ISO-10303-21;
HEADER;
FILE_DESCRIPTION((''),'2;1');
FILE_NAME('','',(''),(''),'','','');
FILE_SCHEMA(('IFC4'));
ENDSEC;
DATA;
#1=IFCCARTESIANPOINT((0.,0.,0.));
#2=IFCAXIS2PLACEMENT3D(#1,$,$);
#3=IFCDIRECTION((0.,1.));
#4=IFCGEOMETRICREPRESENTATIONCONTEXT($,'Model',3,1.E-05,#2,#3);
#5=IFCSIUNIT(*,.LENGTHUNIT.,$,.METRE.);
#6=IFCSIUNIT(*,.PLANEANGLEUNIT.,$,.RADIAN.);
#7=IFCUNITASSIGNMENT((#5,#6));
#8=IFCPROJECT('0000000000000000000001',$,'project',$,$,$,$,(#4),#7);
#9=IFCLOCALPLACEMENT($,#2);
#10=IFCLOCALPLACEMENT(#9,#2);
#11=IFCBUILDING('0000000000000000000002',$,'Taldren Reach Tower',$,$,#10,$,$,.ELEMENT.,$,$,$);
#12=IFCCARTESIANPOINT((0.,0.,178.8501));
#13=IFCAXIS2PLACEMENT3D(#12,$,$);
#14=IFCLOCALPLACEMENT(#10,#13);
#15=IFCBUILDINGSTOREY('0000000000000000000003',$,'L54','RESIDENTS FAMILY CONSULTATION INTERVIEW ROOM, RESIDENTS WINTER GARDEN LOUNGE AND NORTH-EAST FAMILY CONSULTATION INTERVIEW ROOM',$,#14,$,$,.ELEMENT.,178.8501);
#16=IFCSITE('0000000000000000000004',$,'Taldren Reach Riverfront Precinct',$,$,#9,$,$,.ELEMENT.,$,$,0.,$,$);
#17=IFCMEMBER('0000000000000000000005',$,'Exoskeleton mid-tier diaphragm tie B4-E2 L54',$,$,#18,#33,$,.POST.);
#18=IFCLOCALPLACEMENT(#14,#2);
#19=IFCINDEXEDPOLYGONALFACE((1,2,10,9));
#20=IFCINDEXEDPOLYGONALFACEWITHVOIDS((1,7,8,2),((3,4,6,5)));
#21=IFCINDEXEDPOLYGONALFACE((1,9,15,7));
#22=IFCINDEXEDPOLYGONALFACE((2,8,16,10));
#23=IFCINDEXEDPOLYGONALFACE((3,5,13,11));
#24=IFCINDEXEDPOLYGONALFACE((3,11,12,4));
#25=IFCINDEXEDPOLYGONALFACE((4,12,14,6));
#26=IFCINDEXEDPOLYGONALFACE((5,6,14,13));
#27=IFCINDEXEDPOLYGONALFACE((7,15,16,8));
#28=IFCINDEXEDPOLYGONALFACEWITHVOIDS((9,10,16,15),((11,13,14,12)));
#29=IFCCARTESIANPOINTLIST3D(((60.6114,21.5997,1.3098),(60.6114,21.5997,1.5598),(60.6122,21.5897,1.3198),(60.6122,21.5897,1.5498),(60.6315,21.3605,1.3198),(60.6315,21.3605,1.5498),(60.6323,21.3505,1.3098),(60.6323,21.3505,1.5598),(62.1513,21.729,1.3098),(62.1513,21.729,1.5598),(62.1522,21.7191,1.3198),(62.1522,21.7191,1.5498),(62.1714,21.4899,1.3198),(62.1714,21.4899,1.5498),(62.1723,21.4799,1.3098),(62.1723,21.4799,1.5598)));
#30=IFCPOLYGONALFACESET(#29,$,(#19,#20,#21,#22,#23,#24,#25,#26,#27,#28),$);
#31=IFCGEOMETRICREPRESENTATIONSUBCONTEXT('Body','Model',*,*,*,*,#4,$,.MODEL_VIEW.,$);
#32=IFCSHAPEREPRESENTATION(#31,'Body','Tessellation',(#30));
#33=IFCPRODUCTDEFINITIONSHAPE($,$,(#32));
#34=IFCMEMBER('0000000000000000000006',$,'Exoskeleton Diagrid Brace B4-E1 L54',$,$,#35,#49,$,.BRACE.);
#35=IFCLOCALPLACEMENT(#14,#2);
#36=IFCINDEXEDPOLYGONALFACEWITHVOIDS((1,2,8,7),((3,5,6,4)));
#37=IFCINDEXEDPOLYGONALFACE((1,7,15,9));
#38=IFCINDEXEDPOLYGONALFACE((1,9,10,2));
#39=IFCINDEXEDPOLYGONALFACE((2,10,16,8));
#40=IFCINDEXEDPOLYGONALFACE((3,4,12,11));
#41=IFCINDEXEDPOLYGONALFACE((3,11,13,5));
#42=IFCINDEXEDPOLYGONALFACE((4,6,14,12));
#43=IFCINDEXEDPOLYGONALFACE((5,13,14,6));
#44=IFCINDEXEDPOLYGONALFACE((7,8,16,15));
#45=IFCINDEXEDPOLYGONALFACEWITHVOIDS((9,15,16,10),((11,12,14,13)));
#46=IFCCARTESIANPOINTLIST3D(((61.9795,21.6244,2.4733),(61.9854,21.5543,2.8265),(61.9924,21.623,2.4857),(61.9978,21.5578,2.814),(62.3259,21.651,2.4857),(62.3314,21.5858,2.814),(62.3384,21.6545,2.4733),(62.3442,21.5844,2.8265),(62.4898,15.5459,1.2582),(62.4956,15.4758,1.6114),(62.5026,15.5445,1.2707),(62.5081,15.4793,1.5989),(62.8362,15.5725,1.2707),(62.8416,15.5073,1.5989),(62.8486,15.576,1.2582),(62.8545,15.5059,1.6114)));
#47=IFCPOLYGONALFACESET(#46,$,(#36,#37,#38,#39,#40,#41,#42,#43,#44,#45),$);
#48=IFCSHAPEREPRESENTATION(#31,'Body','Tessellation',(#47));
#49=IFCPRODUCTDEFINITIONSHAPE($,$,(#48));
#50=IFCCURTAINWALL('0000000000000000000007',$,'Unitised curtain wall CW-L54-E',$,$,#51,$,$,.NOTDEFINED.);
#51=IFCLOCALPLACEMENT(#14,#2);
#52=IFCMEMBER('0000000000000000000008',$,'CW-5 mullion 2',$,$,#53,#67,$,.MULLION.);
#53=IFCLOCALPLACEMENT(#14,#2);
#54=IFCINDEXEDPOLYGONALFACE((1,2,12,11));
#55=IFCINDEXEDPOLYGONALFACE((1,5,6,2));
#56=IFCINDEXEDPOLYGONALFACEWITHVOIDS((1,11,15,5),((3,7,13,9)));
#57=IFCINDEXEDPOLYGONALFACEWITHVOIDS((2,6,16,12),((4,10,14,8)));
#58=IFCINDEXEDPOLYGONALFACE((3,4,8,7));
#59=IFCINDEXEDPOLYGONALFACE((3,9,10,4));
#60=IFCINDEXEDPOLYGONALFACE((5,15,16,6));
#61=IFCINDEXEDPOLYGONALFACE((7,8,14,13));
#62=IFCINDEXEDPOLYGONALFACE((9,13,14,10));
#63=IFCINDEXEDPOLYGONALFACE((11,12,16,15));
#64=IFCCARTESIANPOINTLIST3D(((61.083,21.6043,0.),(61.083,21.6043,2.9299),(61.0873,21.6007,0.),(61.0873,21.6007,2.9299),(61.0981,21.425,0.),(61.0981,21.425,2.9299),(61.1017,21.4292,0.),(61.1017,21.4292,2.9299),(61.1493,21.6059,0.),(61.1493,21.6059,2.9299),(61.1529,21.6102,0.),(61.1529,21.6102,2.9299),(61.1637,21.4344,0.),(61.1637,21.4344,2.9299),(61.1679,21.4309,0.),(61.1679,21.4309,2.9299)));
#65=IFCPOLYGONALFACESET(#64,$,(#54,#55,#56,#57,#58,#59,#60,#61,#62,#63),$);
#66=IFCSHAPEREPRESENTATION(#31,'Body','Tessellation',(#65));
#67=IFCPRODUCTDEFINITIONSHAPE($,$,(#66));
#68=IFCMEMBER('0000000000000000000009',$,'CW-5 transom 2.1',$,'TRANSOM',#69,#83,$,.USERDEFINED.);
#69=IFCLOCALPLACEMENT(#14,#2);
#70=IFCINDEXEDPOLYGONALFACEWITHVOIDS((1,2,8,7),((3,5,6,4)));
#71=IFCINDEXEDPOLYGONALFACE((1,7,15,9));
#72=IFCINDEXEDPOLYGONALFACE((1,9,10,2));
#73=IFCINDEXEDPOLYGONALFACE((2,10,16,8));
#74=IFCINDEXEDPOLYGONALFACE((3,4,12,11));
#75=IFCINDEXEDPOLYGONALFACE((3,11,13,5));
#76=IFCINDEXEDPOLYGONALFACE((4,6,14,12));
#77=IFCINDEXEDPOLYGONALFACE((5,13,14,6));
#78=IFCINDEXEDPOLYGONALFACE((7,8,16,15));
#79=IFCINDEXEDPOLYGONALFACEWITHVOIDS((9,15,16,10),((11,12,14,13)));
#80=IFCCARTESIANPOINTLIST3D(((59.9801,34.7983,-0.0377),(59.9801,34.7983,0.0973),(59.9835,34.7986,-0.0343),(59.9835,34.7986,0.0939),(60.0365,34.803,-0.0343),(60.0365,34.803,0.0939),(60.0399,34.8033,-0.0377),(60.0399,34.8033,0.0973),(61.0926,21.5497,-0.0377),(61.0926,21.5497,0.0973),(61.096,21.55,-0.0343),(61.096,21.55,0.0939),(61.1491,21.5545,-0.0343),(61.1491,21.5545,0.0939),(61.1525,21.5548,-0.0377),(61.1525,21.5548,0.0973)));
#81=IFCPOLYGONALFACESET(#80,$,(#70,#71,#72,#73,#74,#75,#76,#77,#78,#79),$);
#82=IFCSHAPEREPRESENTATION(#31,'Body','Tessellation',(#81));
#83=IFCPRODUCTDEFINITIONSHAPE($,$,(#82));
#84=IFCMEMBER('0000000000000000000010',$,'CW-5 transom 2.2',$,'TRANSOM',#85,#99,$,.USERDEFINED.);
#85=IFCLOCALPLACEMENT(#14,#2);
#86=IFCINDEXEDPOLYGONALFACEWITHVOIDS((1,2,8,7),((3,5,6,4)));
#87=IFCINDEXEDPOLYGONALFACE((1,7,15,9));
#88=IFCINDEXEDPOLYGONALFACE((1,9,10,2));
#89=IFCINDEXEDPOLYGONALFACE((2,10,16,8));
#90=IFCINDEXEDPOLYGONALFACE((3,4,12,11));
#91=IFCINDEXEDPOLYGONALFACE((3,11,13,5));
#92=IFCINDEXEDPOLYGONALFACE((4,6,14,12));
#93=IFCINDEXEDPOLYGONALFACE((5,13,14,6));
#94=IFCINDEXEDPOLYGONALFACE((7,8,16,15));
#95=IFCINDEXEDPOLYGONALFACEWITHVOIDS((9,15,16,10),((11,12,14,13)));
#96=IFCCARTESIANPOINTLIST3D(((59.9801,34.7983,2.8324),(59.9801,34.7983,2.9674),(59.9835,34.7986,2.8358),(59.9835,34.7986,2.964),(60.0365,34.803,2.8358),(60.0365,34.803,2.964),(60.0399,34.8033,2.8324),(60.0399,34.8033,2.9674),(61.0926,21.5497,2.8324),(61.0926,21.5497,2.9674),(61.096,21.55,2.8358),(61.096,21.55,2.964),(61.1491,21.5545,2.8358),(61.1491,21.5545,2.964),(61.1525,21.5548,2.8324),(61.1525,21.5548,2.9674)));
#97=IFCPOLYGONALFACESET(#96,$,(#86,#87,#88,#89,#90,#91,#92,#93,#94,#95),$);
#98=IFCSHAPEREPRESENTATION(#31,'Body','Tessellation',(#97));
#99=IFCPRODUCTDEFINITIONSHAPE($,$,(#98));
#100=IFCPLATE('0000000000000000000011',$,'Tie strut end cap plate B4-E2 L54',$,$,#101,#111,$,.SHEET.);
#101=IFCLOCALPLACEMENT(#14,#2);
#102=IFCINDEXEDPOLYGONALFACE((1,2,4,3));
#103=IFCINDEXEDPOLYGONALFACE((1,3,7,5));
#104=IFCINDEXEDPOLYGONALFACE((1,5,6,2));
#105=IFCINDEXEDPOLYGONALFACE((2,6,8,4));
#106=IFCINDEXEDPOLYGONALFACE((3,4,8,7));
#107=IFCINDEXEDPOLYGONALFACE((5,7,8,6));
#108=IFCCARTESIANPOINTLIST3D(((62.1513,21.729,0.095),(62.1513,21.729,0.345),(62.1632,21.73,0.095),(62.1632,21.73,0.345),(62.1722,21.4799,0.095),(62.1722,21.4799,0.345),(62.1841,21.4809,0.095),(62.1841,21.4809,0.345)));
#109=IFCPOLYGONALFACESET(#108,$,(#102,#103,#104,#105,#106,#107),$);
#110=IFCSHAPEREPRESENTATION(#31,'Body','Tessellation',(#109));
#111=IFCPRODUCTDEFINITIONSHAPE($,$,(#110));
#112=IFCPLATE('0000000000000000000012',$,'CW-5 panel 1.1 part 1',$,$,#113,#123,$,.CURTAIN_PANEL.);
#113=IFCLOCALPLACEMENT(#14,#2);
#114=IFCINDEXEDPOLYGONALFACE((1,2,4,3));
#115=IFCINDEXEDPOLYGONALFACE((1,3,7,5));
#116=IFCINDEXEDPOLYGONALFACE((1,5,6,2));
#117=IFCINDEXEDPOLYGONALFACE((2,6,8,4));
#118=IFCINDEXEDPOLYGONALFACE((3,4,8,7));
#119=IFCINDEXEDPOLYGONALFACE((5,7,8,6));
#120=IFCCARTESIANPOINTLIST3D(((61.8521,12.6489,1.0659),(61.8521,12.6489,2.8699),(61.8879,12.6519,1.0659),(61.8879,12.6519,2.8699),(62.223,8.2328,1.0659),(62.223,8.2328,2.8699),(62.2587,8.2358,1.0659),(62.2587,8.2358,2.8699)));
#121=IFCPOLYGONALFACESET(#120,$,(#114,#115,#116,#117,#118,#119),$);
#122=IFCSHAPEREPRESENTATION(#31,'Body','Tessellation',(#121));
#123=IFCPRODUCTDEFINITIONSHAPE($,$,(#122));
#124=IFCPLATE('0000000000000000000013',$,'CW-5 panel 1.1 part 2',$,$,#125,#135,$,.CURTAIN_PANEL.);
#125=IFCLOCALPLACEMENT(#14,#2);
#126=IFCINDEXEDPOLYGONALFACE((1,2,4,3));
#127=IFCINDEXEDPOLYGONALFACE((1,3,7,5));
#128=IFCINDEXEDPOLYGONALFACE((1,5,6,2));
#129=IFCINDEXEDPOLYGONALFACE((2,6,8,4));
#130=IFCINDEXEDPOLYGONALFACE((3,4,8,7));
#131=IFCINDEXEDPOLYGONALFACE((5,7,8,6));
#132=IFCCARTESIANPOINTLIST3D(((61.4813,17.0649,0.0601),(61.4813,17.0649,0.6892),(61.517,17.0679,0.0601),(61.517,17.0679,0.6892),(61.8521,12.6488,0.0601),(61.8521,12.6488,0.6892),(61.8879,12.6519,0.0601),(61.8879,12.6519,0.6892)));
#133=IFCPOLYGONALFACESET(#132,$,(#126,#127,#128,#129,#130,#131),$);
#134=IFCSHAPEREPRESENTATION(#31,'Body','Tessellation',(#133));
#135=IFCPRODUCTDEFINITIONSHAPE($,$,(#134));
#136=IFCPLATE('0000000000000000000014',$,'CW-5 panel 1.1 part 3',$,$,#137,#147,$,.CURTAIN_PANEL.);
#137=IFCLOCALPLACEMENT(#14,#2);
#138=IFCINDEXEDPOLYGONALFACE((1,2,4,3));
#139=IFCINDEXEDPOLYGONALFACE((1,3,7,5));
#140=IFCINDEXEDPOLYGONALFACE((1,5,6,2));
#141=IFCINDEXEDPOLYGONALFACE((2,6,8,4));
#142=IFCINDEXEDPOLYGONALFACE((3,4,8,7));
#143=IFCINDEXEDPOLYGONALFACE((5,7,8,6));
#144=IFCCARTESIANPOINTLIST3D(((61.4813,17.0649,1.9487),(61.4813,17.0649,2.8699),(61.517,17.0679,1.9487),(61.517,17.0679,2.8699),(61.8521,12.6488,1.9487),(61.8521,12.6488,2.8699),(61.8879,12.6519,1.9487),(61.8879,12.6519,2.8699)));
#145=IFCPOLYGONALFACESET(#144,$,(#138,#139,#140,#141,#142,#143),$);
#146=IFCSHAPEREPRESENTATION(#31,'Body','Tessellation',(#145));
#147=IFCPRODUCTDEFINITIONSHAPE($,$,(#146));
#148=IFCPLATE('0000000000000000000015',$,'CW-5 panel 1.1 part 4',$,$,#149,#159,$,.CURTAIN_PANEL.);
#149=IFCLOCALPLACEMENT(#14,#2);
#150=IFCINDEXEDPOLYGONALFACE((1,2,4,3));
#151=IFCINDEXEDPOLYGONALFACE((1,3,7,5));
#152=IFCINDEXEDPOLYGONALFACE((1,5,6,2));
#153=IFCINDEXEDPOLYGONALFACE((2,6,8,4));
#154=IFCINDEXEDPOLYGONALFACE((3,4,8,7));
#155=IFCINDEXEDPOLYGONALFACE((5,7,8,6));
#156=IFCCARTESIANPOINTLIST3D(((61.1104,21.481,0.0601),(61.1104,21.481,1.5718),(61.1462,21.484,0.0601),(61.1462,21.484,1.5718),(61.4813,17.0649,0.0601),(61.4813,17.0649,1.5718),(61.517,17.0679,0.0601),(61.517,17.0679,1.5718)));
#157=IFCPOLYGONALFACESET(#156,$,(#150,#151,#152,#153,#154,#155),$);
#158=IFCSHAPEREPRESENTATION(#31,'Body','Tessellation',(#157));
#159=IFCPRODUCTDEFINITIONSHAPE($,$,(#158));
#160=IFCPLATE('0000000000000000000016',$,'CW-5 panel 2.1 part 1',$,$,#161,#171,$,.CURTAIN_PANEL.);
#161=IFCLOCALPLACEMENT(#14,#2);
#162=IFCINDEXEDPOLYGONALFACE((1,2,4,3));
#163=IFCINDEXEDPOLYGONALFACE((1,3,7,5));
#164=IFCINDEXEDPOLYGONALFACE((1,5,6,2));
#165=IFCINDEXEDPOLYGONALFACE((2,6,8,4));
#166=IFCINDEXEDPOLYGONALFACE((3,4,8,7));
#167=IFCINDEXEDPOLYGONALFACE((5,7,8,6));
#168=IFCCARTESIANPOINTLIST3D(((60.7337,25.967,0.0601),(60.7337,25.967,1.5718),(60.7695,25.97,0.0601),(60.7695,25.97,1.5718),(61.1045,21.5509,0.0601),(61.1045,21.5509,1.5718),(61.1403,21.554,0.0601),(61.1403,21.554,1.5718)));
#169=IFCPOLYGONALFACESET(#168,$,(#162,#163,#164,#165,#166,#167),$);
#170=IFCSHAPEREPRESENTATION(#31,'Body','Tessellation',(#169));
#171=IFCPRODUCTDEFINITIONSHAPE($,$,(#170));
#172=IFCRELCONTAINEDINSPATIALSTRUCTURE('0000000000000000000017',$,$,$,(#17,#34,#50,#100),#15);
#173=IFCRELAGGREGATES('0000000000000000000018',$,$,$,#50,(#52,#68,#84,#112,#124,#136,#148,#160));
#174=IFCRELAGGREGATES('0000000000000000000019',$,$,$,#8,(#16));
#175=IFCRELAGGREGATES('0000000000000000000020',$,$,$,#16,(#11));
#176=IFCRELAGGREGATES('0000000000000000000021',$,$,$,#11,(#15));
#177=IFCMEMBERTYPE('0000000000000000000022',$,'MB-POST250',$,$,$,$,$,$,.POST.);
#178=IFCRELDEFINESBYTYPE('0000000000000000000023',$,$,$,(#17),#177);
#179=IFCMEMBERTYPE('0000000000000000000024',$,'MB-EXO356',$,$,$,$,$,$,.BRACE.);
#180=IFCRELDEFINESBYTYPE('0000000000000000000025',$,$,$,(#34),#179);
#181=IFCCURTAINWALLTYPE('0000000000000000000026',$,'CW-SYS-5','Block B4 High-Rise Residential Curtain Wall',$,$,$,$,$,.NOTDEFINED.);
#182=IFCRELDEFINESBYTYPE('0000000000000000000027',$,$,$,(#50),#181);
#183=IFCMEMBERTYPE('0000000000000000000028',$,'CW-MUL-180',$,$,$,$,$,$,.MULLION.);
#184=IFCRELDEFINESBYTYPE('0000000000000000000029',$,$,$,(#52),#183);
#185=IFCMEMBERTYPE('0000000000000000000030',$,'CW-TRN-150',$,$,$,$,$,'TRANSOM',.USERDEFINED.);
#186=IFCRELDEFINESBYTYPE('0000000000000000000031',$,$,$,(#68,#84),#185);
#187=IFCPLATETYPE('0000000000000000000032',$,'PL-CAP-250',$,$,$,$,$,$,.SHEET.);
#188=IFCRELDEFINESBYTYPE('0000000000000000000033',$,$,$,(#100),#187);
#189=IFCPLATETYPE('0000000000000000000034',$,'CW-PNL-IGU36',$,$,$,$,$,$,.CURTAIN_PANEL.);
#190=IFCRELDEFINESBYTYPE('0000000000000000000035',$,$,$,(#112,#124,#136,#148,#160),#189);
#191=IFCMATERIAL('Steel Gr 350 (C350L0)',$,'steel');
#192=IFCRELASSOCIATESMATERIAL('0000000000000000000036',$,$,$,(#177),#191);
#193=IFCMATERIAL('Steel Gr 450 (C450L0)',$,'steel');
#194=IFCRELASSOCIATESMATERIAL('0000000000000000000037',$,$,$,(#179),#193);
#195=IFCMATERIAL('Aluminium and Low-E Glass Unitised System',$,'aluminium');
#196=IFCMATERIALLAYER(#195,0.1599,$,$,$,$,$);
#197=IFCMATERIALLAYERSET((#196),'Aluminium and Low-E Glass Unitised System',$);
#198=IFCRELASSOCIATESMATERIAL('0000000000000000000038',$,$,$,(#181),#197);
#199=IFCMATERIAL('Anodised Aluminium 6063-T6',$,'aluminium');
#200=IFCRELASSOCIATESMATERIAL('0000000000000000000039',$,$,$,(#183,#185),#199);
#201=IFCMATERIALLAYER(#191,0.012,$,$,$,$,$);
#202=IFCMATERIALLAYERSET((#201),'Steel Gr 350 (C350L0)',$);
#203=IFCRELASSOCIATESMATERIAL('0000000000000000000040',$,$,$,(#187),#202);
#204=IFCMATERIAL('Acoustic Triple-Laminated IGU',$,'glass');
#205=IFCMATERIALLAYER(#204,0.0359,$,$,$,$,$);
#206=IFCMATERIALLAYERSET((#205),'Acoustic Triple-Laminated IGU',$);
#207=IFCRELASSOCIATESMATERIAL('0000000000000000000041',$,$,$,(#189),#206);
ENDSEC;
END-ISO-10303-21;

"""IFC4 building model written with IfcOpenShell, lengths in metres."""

from ifc_helpers import new_model, si_unit, direction, frame, origin, origin_2d, place, context, subcontext, project, spatial, rectangle, hollow_rectangle, extrude, source, transform, mapped, material, layer, layer_set, material_profile, profile_set, type_object, element, aggregate, save


model = new_model("IFC4")

# Units and contexts
model_context = context("Model", 3, precision=1e-05, world=origin(), true_north=direction((0.0, 1.0)))
body_context = subcontext(model_context, "Body", "Model", "MODEL_VIEW")
ifc_project = project(units=[si_unit("LENGTHUNIT", "METRE"), si_unit("PLANEANGLEUNIT", "RADIAN")], contexts=[model_context])

# Site, building, storey
site_placement = place(None, origin())
site = spatial("IfcSite", under=ifc_project, at=site_placement, Name="Taldren Reach Riverfront Precinct", CompositionType="ELEMENT", RefElevation=0.0)
building_placement = place(site_placement, origin())
building = spatial("IfcBuilding", under=site, at=building_placement, Name="Taldren Reach Tower", CompositionType="ELEMENT")
storey_placement = place(building_placement, frame((0.0, 0.0, 178.8501)))
storey = spatial("IfcBuildingStorey", under=building, at=storey_placement, Name="L54", Description="RESIDENTS FAMILY CONSULTATION INTERVIEW ROOM, RESIDENTS WINTER GARDEN LOUNGE AND NORTH-EAST FAMILY CONSULTATION INTERVIEW ROOM", CompositionType="ELEMENT", Elevation=178.8501)

# Members
ifc_material_1 = material(Name="Steel Gr 450 (C450L0)", Category="steel")
ifc_material_2 = material(Name="Steel Gr 350 (C350L0)", Category="steel")
ifc_material_profile_1 = material_profile(ifc_material_2, hollow_rectangle(XDim=0.25, YDim=0.25, WallThickness=0.01, at=origin_2d()), Name="250x250x10.0SHS")
ifc_profile_set_1 = profile_set([ifc_material_profile_1], Name="Steel Gr 350 (C350L0)")
member_type_1 = type_object("IfcMemberType", Name="MB-POST250", PredefinedType="POST", material=ifc_profile_set_1)
shared_shape_1 = source(origin(), body_context, "Body", "SweptSolid", [
    extrude(hollow_rectangle(XDim=0.25, YDim=0.25, WallThickness=0.01, at=origin_2d()), origin(), (0.0, 0.0, 1.0), 1.5454),
])
for number, where, z_axis, x_axis, name in (
    (1, (60.6218, 21.4751, 1.4348), (0.996489, 0.083725, 0.0), (-0.083725, 0.996489, 0.0), "Exoskeleton mid-tier diaphragm tie B4-E2 L54"),
):
    element("IfcMember", number, at=place(storey_placement, frame(where, z_axis=z_axis, x_axis=x_axis)), inside=storey, type_object=member_type_1, Name=name, PredefinedType="POST", context=body_context, shape_type="MappedRepresentation", body=[
        mapped(shared_shape_1, transform((0.0, 0.0, 0.0), scale=1.0)),
    ])
ifc_material_profile_2 = material_profile(ifc_material_1, hollow_rectangle(XDim=0.3601, YDim=0.3601, WallThickness=0.0127, at=origin_2d()), Name="360x360x12.7SHS")
ifc_profile_set_2 = profile_set([ifc_material_profile_2], Name="Steel Gr 450 (C450L0)")
member_type_2 = type_object("IfcMemberType", Name="MB-EXO356", PredefinedType="BRACE", material=ifc_profile_set_2)
shared_shape_2 = source(origin(), body_context, "Body", "SweptSolid", [
    extrude(hollow_rectangle(XDim=0.3601, YDim=0.3601, WallThickness=0.0127, at=origin_2d()), origin(), (0.0, 0.0, 1.0), 6.2197),
])
member_1_placement = place(storey_placement, frame((62.6721, 15.5259, 1.4348), z_axis=(-0.082037, 0.977295, 0.195357), x_axis=(-0.996495, -0.083648, 0.0)))
element("IfcMember", 2, at=member_1_placement, inside=storey, type_object=member_type_2, Name="Exoskeleton Diagrid Brace B4-E1 L54", PredefinedType="BRACE", context=body_context, shape_type="MappedRepresentation", body=[
    mapped(shared_shape_2, transform((0.0, 0.0, 0.0), scale=1.0)),
])

# Curtain wall, members
ifc_material_3 = material(Name="Aluminium and Low-E Glass Unitised System", Category="aluminium")
ifc_layer_1 = layer(ifc_material_3, 0.1599)
ifc_layer_set_1 = layer_set([ifc_layer_1], Name="Aluminium and Low-E Glass Unitised System")
curtain_wall_type = type_object("IfcCurtainWallType", Name="CW-SYS-5", Description="Block B4 High-Rise Residential Curtain Wall", PredefinedType="NOTDEFINED", material=ifc_layer_set_1)
curtain_wall_placement = place(storey_placement, origin())
curtain_wall = element("IfcCurtainWall", 3, at=curtain_wall_placement, inside=storey, type_object=curtain_wall_type, Name="Unitised curtain wall CW-L54-E", PredefinedType="NOTDEFINED")
ifc_material_4 = material(Name="Anodised Aluminium 6063-T6", Category="aluminium")
ifc_material_profile_3 = material_profile(ifc_material_4, hollow_rectangle(XDim=0.0701, YDim=0.1799, WallThickness=0.0039, at=origin_2d()), Name="ALU-180x70x4RHS")
ifc_profile_set_3 = profile_set([ifc_material_profile_3], Name="Anodised Aluminium 6063-T6")
member_type_3 = type_object("IfcMemberType", Name="CW-MUL-180", PredefinedType="MULLION", material=ifc_profile_set_3)
shared_shape_3 = source(origin(), body_context, "Body", "SweptSolid", [
    extrude(hollow_rectangle(XDim=0.0701, YDim=0.1799, WallThickness=0.0039, at=origin_2d()), origin(), (0.0, 0.0, 1.0), 2.9299),
])
member_2_placement = place(storey_placement, frame((61.1255, 21.5176, 0.0), z_axis=(0.0, 0.0, 1.0), x_axis=(-0.996493, -0.083678, 0.0)))
member_2 = element("IfcMember", 4, at=member_2_placement, type_object=member_type_3, Name="CW-5 mullion 2", PredefinedType="MULLION", context=body_context, shape_type="MappedRepresentation", body=[
    mapped(shared_shape_3, transform((0.0, 0.0, 0.0), scale=1.0)),
])
ifc_material_profile_4 = material_profile(ifc_material_4, hollow_rectangle(XDim=0.0601, YDim=0.135, WallThickness=0.0034, at=origin_2d()), Name="ALU-135x60x3.5RHS")
ifc_profile_set_4 = profile_set([ifc_material_profile_4], Name="Anodised Aluminium 6063-T6")
member_type_4 = type_object("IfcMemberType", Name="CW-TRN-150", ElementType="TRANSOM", PredefinedType="USERDEFINED", material=ifc_profile_set_4)
shared_shape_4 = source(origin(), body_context, "Body", "SweptSolid", [
    extrude(hollow_rectangle(XDim=0.0601, YDim=0.135, WallThickness=0.0034, at=origin_2d()), origin(), (0.0, 0.0, 1.0), 13.2952),
])
member_3_placement = place(storey_placement, frame((61.1226, 21.5522, 0.0298), z_axis=(-0.083681, 0.996493, 0.0), x_axis=(-0.996493, -0.083681, 0.0)))
member_3 = element("IfcMember", 5, at=member_3_placement, type_object=member_type_4, Name="CW-5 transom 2.1", ObjectType="TRANSOM", PredefinedType="USERDEFINED", context=body_context, shape_type="MappedRepresentation", body=[
    mapped(shared_shape_4, transform((0.0, 0.0, 0.0), scale=1.0)),
])
member_4_placement = place(storey_placement, frame((61.1226, 21.5522, 2.8999), z_axis=(-0.083681, 0.996493, 0.0), x_axis=(-0.996493, -0.083681, 0.0)))
member_4 = element("IfcMember", 6, at=member_4_placement, type_object=member_type_4, Name="CW-5 transom 2.2", ObjectType="TRANSOM", PredefinedType="USERDEFINED", context=body_context, shape_type="MappedRepresentation", body=[
    mapped(shared_shape_4, transform((0.0, 0.0, 0.0), scale=1.0)),
])

# Plates
ifc_layer_2 = layer(ifc_material_2, 0.012)
ifc_layer_set_2 = layer_set([ifc_layer_2], Name="Steel Gr 350 (C350L0)")
plate_type_1 = type_object("IfcPlateType", Name="PL-CAP-250", PredefinedType="SHEET", material=ifc_layer_set_2)
shared_shape_5 = source(origin(), body_context, "Body", "SweptSolid", [
    extrude(rectangle(XDim=0.012, YDim=0.25, at=origin_2d()), origin(), (0.0, 0.0, 1.0), 0.25),
])
plate_1_placement = place(storey_placement, frame((62.1677, 21.605, 0.095), z_axis=(0.0, 0.0, 1.0), x_axis=(0.996493, 0.083678, 0.0)))
element("IfcPlate", 7, at=plate_1_placement, inside=storey, type_object=plate_type_1, Name="Tie strut end cap plate B4-E2 L54", PredefinedType="SHEET", context=body_context, shape_type="MappedRepresentation", body=[
    mapped(shared_shape_5, transform((0.0, 0.0, 0.0), scale=1.0)),
])
ifc_material_5 = material(Name="Acoustic Triple-Laminated IGU", Category="glass")
ifc_layer_3 = layer(ifc_material_5, 0.0359)
ifc_layer_set_3 = layer_set([ifc_layer_3], Name="Acoustic Triple-Laminated IGU")
plate_type_2 = type_object("IfcPlateType", Name="CW-PNL-IGU36", PredefinedType="CURTAIN_PANEL", material=ifc_layer_set_3)
shared_shape_6 = source(origin(), body_context, "Body", "SweptSolid", [
    extrude(rectangle(XDim=4.4316, YDim=0.0359, at=origin_2d()), origin(), (0.0, 0.0, 1.0), 1.804),
])
plate_2_placement = place(storey_placement, frame((62.0554, 10.4424, 1.0659), z_axis=(0.0, 0.0, 1.0), x_axis=(-0.083678, 0.996493, 0.0)))
plate_2 = element("IfcPlate", 8, at=plate_2_placement, type_object=plate_type_2, Name="CW-5 panel 1.1 part 1", PredefinedType="CURTAIN_PANEL", context=body_context, shape_type="MappedRepresentation", body=[
    mapped(shared_shape_6, transform((0.0, 0.0, 0.0), scale=1.0)),
])
shared_shape_7 = source(origin(), body_context, "Body", "SweptSolid", [
    extrude(rectangle(XDim=4.4316, YDim=0.0359, at=origin_2d()), origin(), (0.0, 0.0, 1.0), 0.6292),
])
plate_3_placement = place(storey_placement, frame((61.6846, 14.8584, 0.0601), z_axis=(0.0, 0.0, 1.0), x_axis=(-0.083678, 0.996493, 0.0)))
plate_3 = element("IfcPlate", 9, at=plate_3_placement, type_object=plate_type_2, Name="CW-5 panel 1.1 part 2", PredefinedType="CURTAIN_PANEL", context=body_context, shape_type="MappedRepresentation", body=[
    mapped(shared_shape_7, transform((0.0, 0.0, 0.0), scale=1.0)),
])
shared_shape_8 = source(origin(), body_context, "Body", "SweptSolid", [
    extrude(rectangle(XDim=4.4316, YDim=0.0359, at=origin_2d()), origin(), (0.0, 0.0, 1.0), 0.9211),
])
plate_4_placement = place(storey_placement, frame((61.6846, 14.8584, 1.9487), z_axis=(0.0, 0.0, 1.0), x_axis=(-0.083678, 0.996493, 0.0)))
plate_4 = element("IfcPlate", 10, at=plate_4_placement, type_object=plate_type_2, Name="CW-5 panel 1.1 part 3", PredefinedType="CURTAIN_PANEL", context=body_context, shape_type="MappedRepresentation", body=[
    mapped(shared_shape_8, transform((0.0, 0.0, 0.0), scale=1.0)),
])
shared_shape_9 = source(origin(), body_context, "Body", "SweptSolid", [
    extrude(rectangle(XDim=4.4316, YDim=0.0359, at=origin_2d()), origin(), (0.0, 0.0, 1.0), 1.5117),
])
plate_5_placement = place(storey_placement, frame((61.3137, 19.2744, 0.0601), z_axis=(0.0, 0.0, 1.0), x_axis=(-0.083678, 0.996493, 0.0)))
plate_5 = element("IfcPlate", 11, at=plate_5_placement, type_object=plate_type_2, Name="CW-5 panel 1.1 part 4", PredefinedType="CURTAIN_PANEL", context=body_context, shape_type="MappedRepresentation", body=[
    mapped(shared_shape_9, transform((0.0, 0.0, 0.0), scale=1.0)),
])
plate_6_placement = place(storey_placement, frame((60.937, 23.7605, 0.0601), z_axis=(0.0, 0.0, 1.0), x_axis=(-0.083678, 0.996493, 0.0)))
plate_6 = element("IfcPlate", 12, at=plate_6_placement, type_object=plate_type_2, Name="CW-5 panel 2.1 part 1", PredefinedType="CURTAIN_PANEL", context=body_context, shape_type="MappedRepresentation", body=[
    mapped(shared_shape_9, transform((0.0, 0.0, 0.0), scale=1.0)),
])
aggregate(curtain_wall, [member_2, member_3, member_4, plate_2, plate_3, plate_4, plate_5, plate_6])

save(model, "model.ifc")
